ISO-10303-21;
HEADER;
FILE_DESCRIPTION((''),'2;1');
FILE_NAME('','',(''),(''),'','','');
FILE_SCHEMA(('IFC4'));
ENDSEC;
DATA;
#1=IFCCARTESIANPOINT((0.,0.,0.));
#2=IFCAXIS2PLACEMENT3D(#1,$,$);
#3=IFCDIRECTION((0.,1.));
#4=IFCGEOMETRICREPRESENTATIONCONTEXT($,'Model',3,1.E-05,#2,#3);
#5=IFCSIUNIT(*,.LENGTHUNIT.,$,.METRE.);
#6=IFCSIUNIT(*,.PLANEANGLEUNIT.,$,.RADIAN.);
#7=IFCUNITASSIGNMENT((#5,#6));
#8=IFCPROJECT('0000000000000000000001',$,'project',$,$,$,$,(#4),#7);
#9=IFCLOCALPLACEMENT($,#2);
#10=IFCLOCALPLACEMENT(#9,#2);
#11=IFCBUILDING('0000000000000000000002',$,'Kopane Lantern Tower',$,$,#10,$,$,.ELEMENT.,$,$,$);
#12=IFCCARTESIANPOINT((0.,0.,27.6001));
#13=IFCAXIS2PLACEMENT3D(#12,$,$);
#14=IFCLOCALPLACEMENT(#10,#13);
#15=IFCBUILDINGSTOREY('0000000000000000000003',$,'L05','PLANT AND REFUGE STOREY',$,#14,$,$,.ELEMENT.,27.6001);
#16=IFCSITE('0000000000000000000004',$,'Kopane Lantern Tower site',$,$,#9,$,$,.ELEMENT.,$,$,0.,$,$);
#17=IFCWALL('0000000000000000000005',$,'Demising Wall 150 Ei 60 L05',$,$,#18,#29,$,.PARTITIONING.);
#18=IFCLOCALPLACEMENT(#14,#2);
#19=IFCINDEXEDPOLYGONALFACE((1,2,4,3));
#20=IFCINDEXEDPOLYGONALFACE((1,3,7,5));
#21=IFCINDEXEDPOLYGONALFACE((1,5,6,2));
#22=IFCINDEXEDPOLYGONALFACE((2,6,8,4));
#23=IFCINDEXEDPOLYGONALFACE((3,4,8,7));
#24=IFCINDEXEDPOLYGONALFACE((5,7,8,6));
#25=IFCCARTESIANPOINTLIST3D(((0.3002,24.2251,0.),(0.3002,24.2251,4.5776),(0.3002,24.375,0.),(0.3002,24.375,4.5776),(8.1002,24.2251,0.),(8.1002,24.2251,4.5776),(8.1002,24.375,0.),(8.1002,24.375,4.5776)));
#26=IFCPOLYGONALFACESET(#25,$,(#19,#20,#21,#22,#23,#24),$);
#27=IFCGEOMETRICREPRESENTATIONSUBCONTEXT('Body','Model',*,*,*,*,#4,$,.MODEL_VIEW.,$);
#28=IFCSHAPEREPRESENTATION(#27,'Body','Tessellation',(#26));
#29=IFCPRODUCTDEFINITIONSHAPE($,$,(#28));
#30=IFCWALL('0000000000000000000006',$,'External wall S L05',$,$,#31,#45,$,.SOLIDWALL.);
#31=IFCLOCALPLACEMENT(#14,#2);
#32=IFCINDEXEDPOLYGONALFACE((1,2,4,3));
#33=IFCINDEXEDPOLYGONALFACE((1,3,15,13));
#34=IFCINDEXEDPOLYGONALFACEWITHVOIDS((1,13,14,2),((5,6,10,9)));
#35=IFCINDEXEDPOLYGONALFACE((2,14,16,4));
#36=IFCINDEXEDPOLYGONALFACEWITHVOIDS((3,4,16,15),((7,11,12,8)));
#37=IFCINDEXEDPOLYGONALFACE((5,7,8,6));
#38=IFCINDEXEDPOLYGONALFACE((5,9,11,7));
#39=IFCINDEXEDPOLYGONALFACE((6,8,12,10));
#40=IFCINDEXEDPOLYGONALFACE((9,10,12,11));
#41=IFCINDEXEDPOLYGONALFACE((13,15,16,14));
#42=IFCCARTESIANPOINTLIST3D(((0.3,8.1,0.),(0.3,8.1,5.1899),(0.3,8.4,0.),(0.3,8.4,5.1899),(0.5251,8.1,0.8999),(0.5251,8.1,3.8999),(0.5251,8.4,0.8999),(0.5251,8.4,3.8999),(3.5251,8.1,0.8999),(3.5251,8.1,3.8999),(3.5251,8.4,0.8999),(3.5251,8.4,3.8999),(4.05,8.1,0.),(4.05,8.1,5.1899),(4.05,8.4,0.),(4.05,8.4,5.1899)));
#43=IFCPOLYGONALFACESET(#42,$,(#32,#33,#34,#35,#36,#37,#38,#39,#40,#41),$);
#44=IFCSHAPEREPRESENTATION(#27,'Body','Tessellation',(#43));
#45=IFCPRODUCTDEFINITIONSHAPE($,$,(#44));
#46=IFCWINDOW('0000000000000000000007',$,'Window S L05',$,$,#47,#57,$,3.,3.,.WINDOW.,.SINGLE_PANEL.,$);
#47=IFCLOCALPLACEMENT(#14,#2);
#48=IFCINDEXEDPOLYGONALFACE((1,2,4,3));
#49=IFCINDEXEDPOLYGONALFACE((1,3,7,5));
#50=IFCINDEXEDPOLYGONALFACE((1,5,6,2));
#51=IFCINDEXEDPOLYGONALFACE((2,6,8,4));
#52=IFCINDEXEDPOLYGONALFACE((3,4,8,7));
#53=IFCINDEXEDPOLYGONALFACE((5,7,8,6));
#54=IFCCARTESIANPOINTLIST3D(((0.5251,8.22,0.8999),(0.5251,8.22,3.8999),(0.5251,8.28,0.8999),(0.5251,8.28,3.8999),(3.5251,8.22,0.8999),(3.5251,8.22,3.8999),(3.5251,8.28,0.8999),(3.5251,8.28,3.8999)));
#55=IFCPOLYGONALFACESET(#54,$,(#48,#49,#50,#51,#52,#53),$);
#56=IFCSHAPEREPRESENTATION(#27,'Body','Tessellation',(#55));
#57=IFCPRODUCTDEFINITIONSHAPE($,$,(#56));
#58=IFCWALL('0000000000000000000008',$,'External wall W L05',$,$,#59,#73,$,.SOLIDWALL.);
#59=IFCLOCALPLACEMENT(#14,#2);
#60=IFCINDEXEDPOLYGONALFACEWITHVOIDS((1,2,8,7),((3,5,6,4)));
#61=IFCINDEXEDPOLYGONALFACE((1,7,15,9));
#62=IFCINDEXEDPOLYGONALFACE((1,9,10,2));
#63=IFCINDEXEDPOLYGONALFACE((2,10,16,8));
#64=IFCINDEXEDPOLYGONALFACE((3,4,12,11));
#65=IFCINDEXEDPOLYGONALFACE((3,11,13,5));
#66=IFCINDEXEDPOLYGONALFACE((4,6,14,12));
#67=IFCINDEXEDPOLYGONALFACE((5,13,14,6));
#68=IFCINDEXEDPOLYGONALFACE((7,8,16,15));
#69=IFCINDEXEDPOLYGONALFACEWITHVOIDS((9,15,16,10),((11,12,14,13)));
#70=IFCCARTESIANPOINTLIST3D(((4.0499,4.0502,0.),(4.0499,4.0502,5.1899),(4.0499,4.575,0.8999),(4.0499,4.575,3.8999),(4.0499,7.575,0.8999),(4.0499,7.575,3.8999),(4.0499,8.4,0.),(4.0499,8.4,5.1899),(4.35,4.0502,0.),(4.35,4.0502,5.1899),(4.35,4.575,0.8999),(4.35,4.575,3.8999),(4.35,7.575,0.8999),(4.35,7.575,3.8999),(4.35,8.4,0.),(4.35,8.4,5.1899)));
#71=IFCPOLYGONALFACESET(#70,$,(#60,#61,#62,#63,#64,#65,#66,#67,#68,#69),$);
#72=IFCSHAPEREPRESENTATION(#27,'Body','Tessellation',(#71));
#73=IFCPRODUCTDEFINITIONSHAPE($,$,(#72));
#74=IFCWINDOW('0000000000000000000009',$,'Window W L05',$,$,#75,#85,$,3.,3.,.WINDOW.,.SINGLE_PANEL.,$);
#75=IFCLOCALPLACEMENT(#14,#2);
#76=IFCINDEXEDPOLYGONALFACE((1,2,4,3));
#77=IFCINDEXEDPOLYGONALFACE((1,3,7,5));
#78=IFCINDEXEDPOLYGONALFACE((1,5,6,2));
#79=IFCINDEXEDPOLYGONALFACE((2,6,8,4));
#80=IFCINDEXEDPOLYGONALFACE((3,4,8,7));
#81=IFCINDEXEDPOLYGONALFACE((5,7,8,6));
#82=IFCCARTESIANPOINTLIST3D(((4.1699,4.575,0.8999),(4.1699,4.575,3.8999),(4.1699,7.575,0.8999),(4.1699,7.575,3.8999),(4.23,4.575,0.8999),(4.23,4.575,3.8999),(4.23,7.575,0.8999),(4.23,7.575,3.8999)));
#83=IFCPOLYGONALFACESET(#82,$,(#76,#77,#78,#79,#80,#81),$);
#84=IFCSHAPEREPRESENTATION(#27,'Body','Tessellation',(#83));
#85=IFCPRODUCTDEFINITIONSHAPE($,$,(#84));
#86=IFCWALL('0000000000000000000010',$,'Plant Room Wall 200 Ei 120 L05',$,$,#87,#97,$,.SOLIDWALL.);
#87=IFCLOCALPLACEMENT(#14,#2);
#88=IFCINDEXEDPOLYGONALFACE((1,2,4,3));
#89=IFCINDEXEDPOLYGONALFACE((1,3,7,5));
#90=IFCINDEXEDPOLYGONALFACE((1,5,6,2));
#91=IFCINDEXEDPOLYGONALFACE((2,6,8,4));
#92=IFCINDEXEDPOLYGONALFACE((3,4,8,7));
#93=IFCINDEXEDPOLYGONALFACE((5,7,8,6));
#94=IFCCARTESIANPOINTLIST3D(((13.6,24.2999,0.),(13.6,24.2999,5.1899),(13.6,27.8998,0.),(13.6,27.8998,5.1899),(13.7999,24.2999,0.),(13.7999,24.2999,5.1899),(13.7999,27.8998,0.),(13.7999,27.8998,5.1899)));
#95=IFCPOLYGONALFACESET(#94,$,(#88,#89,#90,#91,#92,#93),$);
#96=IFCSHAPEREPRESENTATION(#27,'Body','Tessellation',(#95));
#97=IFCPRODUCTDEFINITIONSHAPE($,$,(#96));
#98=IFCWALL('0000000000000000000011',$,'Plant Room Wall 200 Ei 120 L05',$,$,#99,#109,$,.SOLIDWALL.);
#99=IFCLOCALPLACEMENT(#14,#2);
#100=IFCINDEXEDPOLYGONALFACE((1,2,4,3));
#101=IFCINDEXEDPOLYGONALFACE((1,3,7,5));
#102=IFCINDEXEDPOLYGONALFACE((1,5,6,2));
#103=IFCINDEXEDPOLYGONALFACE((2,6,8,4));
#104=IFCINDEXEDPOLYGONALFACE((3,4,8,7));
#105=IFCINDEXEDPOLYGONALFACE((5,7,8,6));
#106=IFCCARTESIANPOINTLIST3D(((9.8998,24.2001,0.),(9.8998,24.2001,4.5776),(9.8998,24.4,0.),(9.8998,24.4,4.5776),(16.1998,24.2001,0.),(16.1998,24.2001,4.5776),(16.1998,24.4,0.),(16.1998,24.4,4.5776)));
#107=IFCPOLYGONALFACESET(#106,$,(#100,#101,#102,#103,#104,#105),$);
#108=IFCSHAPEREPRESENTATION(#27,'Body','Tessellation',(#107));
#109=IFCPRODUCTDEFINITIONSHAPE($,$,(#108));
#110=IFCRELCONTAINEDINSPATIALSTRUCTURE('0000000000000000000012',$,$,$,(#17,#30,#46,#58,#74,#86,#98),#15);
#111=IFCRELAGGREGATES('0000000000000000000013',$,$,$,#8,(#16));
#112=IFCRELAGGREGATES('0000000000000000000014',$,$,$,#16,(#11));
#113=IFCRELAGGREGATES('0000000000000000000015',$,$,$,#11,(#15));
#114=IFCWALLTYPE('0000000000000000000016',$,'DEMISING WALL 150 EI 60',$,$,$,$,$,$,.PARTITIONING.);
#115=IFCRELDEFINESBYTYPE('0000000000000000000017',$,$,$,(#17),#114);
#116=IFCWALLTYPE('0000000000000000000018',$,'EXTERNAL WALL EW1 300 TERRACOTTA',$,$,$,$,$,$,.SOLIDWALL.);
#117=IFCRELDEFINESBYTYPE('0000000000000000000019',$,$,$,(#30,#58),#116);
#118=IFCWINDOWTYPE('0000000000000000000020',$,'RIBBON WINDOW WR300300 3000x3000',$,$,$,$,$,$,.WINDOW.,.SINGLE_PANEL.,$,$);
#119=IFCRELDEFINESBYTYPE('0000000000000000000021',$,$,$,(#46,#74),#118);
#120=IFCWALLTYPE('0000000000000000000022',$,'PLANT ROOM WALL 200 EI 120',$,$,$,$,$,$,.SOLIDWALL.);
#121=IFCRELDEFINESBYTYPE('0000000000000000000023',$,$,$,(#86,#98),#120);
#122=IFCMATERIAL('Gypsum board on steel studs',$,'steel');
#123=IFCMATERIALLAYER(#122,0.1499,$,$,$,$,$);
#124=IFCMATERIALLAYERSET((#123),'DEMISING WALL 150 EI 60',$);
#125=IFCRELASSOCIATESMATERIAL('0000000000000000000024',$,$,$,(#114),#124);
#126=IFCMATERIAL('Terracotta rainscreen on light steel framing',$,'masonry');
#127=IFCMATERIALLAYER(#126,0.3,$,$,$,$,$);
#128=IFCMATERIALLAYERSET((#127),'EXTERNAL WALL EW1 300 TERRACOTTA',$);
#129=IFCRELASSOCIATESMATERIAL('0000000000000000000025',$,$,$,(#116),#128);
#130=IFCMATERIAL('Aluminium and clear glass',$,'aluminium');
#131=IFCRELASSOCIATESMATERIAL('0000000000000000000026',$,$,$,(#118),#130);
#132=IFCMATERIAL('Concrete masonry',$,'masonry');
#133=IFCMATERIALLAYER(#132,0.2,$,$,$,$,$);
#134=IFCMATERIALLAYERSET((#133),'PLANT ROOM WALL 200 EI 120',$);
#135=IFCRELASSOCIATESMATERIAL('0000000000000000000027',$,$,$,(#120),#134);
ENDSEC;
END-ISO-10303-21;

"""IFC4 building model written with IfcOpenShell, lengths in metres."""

from ifc_helpers import new_model, si_unit, direction, frame, frame_2d, origin, place, context, subcontext, project, spatial, rectangle, extrude, material, layer, layer_set, type_object, element, fill, save


model = new_model("IFC4")

# Units and contexts
model_context = context("Model", 3, precision=1e-05, world=origin(), true_north=direction((0.0, 1.0)))
body_context = subcontext(model_context, "Body", "Model", "MODEL_VIEW")
ifc_project = project(units=[si_unit("LENGTHUNIT", "METRE"), si_unit("PLANEANGLEUNIT", "RADIAN")], contexts=[model_context])

# Site, building, storey
site_placement = place(None, origin())
site = spatial("IfcSite", under=ifc_project, at=site_placement, Name="Kopane Lantern Tower site", CompositionType="ELEMENT", RefElevation=0.0)
building_placement = place(site_placement, origin())
building = spatial("IfcBuilding", under=site, at=building_placement, Name="Kopane Lantern Tower", CompositionType="ELEMENT")
storey_placement = place(building_placement, frame((0.0, 0.0, 27.6001)))
storey = spatial("IfcBuildingStorey", under=building, at=storey_placement, Name="L05", Description="PLANT AND REFUGE STOREY", CompositionType="ELEMENT", Elevation=27.6001)

# Wall
ifc_material_1 = material(Name="Gypsum board on steel studs", Category="steel")
ifc_layer_1 = layer(ifc_material_1, 0.1499)
ifc_layer_set_1 = layer_set([ifc_layer_1], Name="DEMISING WALL 150 EI 60")
wall_type_1 = type_object("IfcWallType", Name="DEMISING WALL 150 EI 60", PredefinedType="PARTITIONING", material=ifc_layer_set_1)
wall_1_placement = place(storey_placement, frame((8.1001, 24.3, 0.0), z_axis=(0.0, 0.0, 1.0), x_axis=(-1.0, 0.0, 0.0)))
element("IfcWall", 1, at=wall_1_placement, inside=storey, type_object=wall_type_1, Name="Demising Wall 150 Ei 60 L05", PredefinedType="PARTITIONING", context=body_context, shape_type="SweptSolid", body=[
    extrude(rectangle(XDim=7.8, YDim=0.1499, at=frame_2d((3.8999, 0.0))), origin(), (0.0, 0.0, 1.0), 4.5776),
])

# Walls, openings, windows
ifc_material_2 = material(Name="Terracotta rainscreen on light steel framing", Category="masonry")
ifc_layer_2 = layer(ifc_material_2, 0.3)
ifc_layer_set_2 = layer_set([ifc_layer_2], Name="EXTERNAL WALL EW1 300 TERRACOTTA")
wall_type_2 = type_object("IfcWallType", Name="EXTERNAL WALL EW1 300 TERRACOTTA", PredefinedType="SOLIDWALL", material=ifc_layer_set_2)
wall_2_placement = place(storey_placement, frame((0.3, 8.25, 0.0), z_axis=(0.0, 0.0, 1.0), x_axis=(1.0, 0.0, 0.0)))
wall_2 = element("IfcWall", 2, at=wall_2_placement, inside=storey, type_object=wall_type_2, Name="External wall S L05", PredefinedType="SOLIDWALL", context=body_context, shape_type="SweptSolid", body=[
    extrude(rectangle(XDim=3.75, YDim=0.3, at=frame_2d((1.875, 0.0))), origin(), (0.0, 0.0, 1.0), 5.1899),
])
opening_1_placement = place(wall_2_placement, frame((0.2251, 0.0, 0.8999)))
opening_1 = element("IfcOpeningElement", 3, at=opening_1_placement, cuts=wall_2, PredefinedType="OPENING", context=body_context, shape_type="SweptSolid", body=[
    extrude(rectangle(XDim=3.0, YDim=3.0, at=frame_2d((1.5, 1.5))), frame((0.0, 0.1599, 0.0), z_axis=(0.0, -1.0, 0.0), x_axis=(1.0, 0.0, 0.0)), (0.0, 0.0, 1.0), 0.3201),
])
ifc_material_3 = material(Name="Aluminium and clear glass", Category="aluminium")
window_type = type_object("IfcWindowType", Name="RIBBON WINDOW WR300300 3000x3000", PartitioningType="SINGLE_PANEL", PredefinedType="WINDOW", material=ifc_material_3)
window_1_placement = place(opening_1_placement, origin())
window_1 = element("IfcWindow", 4, at=window_1_placement, inside=storey, type_object=window_type, Name="Window S L05", OverallHeight=3.0, OverallWidth=3.0, PartitioningType="SINGLE_PANEL", PredefinedType="WINDOW", context=body_context, shape_type="SweptSolid", body=[
    extrude(rectangle(XDim=3.0, YDim=3.0, at=frame_2d((1.5, 1.5))), frame((0.0, 0.03, 0.0), z_axis=(0.0, -1.0, 0.0), x_axis=(1.0, 0.0, 0.0)), (0.0, 0.0, 1.0), 0.0601),
])
fill(opening_1, window_1)
wall_3_placement = place(storey_placement, frame((4.2, 8.3999, 0.0), z_axis=(0.0, 0.0, 1.0), x_axis=(0.0, -1.0, 0.0)))
wall_3 = element("IfcWall", 5, at=wall_3_placement, inside=storey, type_object=wall_type_2, Name="External wall W L05", PredefinedType="SOLIDWALL", context=body_context, shape_type="SweptSolid", body=[
    extrude(rectangle(XDim=4.3499, YDim=0.3, at=frame_2d((2.1748, 0.0))), origin(), (0.0, 0.0, 1.0), 5.1899),
])
opening_2_placement = place(wall_3_placement, frame((0.825, 0.0, 0.8999)))
opening_2 = element("IfcOpeningElement", 6, at=opening_2_placement, cuts=wall_3, PredefinedType="OPENING", context=body_context, shape_type="SweptSolid", body=[
    extrude(rectangle(XDim=3.0, YDim=3.0, at=frame_2d((1.5, 1.5))), frame((0.0, 0.1599, 0.0), z_axis=(0.0, -1.0, 0.0), x_axis=(1.0, 0.0, 0.0)), (0.0, 0.0, 1.0), 0.3201),
])
window_2_placement = place(opening_2_placement, origin())
window_2 = element("IfcWindow", 7, at=window_2_placement, inside=storey, type_object=window_type, Name="Window W L05", OverallHeight=3.0, OverallWidth=3.0, PartitioningType="SINGLE_PANEL", PredefinedType="WINDOW", context=body_context, shape_type="SweptSolid", body=[
    extrude(rectangle(XDim=3.0, YDim=3.0, at=frame_2d((1.5, 1.5))), frame((0.0, 0.03, 0.0), z_axis=(0.0, -1.0, 0.0), x_axis=(1.0, 0.0, 0.0)), (0.0, 0.0, 1.0), 0.0601),
])
fill(opening_2, window_2)

# Walls
ifc_material_4 = material(Name="Concrete masonry", Category="masonry")
ifc_layer_3 = layer(ifc_material_4, 0.2)
ifc_layer_set_3 = layer_set([ifc_layer_3], Name="PLANT ROOM WALL 200 EI 120")
wall_type_3 = type_object("IfcWallType", Name="PLANT ROOM WALL 200 EI 120", PredefinedType="SOLIDWALL", material=ifc_layer_set_3)
wall_4_placement = place(storey_placement, frame((13.7, 24.3, 0.0), z_axis=(0.0, 0.0, 1.0), x_axis=(0.0, 1.0, 0.0)))
element("IfcWall", 8, at=wall_4_placement, inside=storey, type_object=wall_type_3, Name="Plant Room Wall 200 Ei 120 L05", PredefinedType="SOLIDWALL", context=body_context, shape_type="SweptSolid", body=[
    extrude(rectangle(XDim=3.5999, YDim=0.2, at=frame_2d((1.7998, 0.0))), origin(), (0.0, 0.0, 1.0), 5.1899),
])
wall_5_placement = place(storey_placement, frame((9.8999, 24.3, 0.0), z_axis=(0.0, 0.0, 1.0), x_axis=(1.0, 0.0, 0.0)))
element("IfcWall", 9, at=wall_5_placement, inside=storey, type_object=wall_type_3, Name="Plant Room Wall 200 Ei 120 L05", PredefinedType="SOLIDWALL", context=body_context, shape_type="SweptSolid", body=[
    extrude(rectangle(XDim=6.3, YDim=0.2, at=frame_2d((3.1499, 0.0))), origin(), (0.0, 0.0, 1.0), 4.5776),
])

save(model, "model.ifc")
